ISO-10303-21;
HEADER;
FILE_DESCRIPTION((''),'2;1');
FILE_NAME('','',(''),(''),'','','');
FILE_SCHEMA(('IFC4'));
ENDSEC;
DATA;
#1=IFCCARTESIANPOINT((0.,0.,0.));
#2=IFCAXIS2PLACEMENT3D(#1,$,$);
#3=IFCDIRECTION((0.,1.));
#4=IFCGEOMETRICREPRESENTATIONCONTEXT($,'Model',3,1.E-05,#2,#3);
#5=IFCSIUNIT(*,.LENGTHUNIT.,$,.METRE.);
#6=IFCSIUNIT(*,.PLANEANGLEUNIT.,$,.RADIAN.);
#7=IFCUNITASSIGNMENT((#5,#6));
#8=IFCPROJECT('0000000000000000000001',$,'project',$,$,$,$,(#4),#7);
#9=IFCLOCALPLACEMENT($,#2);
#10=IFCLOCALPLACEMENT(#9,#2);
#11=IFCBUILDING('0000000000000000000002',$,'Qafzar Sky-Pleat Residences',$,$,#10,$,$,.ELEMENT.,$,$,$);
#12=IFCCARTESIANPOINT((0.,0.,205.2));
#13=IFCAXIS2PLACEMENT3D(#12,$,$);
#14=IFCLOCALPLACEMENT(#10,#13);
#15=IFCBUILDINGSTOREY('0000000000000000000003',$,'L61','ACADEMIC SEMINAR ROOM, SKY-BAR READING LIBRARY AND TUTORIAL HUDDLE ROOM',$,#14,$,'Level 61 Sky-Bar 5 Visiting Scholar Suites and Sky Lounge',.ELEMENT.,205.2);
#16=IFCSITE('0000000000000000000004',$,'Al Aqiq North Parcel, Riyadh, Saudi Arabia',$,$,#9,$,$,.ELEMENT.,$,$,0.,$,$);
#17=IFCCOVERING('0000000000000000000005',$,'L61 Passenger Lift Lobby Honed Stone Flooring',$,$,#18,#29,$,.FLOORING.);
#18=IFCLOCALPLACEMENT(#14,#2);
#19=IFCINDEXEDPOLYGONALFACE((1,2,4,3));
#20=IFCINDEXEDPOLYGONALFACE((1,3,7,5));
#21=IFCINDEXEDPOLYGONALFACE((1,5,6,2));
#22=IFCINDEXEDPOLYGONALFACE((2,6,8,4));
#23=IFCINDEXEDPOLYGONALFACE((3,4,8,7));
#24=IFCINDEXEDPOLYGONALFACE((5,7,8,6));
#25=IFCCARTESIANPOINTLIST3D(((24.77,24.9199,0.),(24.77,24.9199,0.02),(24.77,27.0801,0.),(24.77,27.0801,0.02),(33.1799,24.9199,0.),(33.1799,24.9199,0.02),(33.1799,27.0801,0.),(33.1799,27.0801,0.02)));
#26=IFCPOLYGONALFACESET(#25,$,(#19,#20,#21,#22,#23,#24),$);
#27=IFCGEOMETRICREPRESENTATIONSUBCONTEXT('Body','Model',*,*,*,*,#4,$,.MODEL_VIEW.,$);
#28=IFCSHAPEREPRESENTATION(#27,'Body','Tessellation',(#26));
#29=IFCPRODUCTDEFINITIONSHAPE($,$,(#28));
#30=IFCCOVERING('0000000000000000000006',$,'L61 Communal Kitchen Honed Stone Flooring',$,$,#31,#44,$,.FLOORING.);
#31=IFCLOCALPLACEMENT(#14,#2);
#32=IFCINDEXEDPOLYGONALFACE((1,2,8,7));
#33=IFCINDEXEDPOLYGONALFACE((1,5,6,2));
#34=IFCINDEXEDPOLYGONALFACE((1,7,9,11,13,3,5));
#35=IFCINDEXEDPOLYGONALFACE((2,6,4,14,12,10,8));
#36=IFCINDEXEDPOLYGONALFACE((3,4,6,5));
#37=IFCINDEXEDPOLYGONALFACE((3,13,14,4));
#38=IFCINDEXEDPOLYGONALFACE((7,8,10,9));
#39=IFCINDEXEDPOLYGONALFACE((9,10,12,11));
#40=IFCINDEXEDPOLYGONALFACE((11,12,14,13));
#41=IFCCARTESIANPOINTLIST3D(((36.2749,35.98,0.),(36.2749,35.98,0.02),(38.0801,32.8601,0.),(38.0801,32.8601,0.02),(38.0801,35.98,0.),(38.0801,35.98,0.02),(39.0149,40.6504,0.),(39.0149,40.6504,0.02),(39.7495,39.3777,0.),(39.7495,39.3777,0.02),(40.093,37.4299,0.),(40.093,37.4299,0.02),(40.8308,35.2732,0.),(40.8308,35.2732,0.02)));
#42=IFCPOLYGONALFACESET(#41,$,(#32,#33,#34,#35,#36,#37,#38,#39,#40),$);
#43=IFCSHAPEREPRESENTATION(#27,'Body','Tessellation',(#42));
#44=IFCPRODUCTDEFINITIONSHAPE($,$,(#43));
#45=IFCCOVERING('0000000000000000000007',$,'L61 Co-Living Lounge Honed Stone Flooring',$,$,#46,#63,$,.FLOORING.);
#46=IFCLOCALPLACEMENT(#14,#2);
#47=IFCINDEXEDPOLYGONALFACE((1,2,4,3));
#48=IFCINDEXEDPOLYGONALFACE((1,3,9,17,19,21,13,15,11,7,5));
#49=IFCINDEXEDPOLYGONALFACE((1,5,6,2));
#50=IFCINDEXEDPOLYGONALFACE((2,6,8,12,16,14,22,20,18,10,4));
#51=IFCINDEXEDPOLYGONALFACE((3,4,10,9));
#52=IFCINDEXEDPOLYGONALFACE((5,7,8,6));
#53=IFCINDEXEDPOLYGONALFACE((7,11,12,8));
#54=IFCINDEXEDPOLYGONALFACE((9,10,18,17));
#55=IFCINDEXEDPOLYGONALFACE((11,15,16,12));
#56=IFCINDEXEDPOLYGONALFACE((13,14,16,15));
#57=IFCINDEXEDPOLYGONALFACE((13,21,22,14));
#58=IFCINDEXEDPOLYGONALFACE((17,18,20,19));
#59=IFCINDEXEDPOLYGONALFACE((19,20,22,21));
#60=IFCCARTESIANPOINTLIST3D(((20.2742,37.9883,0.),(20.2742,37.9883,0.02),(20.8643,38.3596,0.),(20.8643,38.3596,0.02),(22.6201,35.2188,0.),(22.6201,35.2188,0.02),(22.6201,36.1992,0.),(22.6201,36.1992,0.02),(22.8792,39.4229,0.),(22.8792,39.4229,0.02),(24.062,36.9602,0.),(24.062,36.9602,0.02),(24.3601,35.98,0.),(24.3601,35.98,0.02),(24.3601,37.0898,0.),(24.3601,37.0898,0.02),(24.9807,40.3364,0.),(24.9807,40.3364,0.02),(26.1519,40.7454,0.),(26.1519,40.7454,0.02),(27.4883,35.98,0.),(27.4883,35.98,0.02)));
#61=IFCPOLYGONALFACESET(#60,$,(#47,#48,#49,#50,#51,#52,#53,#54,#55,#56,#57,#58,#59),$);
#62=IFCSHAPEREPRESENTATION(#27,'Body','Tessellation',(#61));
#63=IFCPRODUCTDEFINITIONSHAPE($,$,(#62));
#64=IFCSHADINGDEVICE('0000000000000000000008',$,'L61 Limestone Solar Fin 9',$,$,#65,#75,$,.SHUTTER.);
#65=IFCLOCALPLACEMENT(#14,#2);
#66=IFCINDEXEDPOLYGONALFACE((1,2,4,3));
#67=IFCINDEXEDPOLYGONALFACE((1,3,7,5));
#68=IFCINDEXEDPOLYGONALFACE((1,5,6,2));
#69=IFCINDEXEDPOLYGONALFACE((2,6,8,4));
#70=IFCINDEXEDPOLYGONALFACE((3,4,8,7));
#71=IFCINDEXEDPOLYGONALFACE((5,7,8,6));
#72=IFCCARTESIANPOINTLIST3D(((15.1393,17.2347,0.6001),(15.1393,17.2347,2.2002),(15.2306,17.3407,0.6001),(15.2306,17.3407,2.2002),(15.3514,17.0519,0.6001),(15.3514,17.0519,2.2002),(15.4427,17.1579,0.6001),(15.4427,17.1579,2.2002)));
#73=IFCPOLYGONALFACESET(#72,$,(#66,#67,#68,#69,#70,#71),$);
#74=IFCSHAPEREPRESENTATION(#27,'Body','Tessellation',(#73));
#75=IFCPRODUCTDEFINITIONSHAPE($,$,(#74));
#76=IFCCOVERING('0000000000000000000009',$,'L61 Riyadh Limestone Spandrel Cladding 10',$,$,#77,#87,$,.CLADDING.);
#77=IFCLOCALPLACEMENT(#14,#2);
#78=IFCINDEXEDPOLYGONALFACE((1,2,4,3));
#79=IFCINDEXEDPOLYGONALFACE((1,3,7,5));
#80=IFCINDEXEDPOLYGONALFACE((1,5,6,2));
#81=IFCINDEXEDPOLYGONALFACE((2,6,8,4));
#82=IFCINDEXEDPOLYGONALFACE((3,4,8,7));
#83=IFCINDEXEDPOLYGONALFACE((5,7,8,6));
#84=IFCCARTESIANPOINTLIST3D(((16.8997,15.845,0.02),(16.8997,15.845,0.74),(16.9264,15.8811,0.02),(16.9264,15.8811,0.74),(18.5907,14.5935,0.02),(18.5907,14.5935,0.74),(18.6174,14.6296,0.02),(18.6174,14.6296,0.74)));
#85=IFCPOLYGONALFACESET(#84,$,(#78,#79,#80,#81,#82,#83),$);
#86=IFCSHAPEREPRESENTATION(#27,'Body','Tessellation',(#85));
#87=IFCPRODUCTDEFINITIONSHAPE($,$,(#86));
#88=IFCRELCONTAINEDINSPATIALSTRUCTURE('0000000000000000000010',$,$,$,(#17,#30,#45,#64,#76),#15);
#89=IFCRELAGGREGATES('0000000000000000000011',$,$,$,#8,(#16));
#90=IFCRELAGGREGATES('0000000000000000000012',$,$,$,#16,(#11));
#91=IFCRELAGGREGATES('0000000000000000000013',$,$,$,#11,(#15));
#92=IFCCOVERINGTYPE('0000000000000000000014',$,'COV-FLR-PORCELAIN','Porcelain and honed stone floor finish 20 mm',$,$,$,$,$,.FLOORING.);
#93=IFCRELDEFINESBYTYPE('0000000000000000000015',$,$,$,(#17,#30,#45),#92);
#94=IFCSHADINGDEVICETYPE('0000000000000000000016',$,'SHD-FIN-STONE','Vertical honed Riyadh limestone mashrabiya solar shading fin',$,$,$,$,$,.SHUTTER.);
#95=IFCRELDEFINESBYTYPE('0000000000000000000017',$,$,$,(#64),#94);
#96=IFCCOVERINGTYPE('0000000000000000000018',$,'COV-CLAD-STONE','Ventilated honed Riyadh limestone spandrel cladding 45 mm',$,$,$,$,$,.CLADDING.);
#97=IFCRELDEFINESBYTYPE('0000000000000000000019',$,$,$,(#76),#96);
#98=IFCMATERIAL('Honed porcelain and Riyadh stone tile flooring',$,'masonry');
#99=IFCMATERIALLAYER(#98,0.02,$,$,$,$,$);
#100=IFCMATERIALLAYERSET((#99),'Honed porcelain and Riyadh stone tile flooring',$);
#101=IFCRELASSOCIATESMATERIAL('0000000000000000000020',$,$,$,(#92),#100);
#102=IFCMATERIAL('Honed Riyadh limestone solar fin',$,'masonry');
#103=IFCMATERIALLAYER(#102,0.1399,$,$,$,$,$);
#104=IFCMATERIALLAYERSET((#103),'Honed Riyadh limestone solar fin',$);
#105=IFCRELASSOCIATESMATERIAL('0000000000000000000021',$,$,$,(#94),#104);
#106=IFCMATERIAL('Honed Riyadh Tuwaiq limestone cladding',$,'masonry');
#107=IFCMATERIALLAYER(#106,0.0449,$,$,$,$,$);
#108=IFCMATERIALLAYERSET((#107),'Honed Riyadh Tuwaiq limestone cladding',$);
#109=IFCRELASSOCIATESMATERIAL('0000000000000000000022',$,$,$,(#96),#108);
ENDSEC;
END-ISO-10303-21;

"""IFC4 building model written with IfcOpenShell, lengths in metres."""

from ifc_helpers import new_model, si_unit, direction, frame, origin, origin_2d, place, context, subcontext, project, spatial, polyline, rectangle, outline, extrude, source, transform, mapped, material, layer, layer_set, type_object, element, save


model = new_model("IFC4")

# Units and contexts
model_context = context("Model", 3, precision=1e-05, world=origin(), true_north=direction((0.0, 1.0)))
body_context = subcontext(model_context, "Body", "Model", "MODEL_VIEW")
ifc_project = project(units=[si_unit("LENGTHUNIT", "METRE"), si_unit("PLANEANGLEUNIT", "RADIAN")], contexts=[model_context])

# Site, building, storey
site_placement = place(None, origin())
site = spatial("IfcSite", under=ifc_project, at=site_placement, Name="Al Aqiq North Parcel, Riyadh, Saudi Arabia", CompositionType="ELEMENT", RefElevation=0.0)
building_placement = place(site_placement, origin())
building = spatial("IfcBuilding", under=site, at=building_placement, Name="Qafzar Sky-Pleat Residences", CompositionType="ELEMENT")
storey_placement = place(building_placement, frame((0.0, 0.0, 205.2)))
storey = spatial("IfcBuildingStorey", under=building, at=storey_placement, Name="L61", Description="ACADEMIC SEMINAR ROOM, SKY-BAR READING LIBRARY AND TUTORIAL HUDDLE ROOM", LongName="Level 61 Sky-Bar 5 Visiting Scholar Suites and Sky Lounge", CompositionType="ELEMENT", Elevation=205.2)

# Coverings
ifc_material_1 = material(Name="Honed porcelain and Riyadh stone tile flooring", Category="masonry")
ifc_layer_1 = layer(ifc_material_1, 0.02)
ifc_layer_set_1 = layer_set([ifc_layer_1], Name="Honed porcelain and Riyadh stone tile flooring")
covering_type_1 = type_object("IfcCoveringType", Name="COV-FLR-PORCELAIN", Description="Porcelain and honed stone floor finish 20 mm", PredefinedType="FLOORING", material=ifc_layer_set_1)
covering_1_placement = place(storey_placement, origin())
element("IfcCovering", 1, at=covering_1_placement, inside=storey, type_object=covering_type_1, Name="L61 Passenger Lift Lobby Honed Stone Flooring", PredefinedType="FLOORING", context=body_context, shape_type="SweptSolid", body=[
    extrude(outline(polyline([(33.1799, 24.9199), (24.77, 24.9199), (24.77, 27.0801), (33.1799, 27.0801), (33.1799, 24.9199)])), origin(), (0.0, 0.0, 1.0), 0.02),
])
covering_2_placement = place(storey_placement, origin())
element("IfcCovering", 2, at=covering_2_placement, inside=storey, type_object=covering_type_1, Name="L61 Communal Kitchen Honed Stone Flooring", PredefinedType="FLOORING", context=body_context, shape_type="SweptSolid", body=[
    extrude(outline(polyline([(39.7495, 39.3777), (40.093, 37.4299), (40.8308, 35.2732), (38.0801, 32.8601), (38.0801, 35.98), (36.2749, 35.98), (39.0149, 40.6504), (39.7495, 39.3777)])), origin(), (0.0, 0.0, 1.0), 0.02),
])
covering_3_placement = place(storey_placement, origin())
element("IfcCovering", 3, at=covering_3_placement, inside=storey, type_object=covering_type_1, Name="L61 Co-Living Lounge Honed Stone Flooring", PredefinedType="FLOORING", context=body_context, shape_type="SweptSolid", body=[
    extrude(outline(polyline([(20.8643, 38.3596), (22.8792, 39.4229), (24.9807, 40.3364), (26.1519, 40.7454), (27.4883, 35.98), (24.3601, 35.98), (24.3601, 37.0898), (24.062, 36.9602), (22.6201, 36.1992), (22.6201, 35.2188), (20.2742, 37.9883), (20.8643, 38.3596)])), origin(), (0.0, 0.0, 1.0), 0.02),
])

# Shading device
ifc_material_2 = material(Name="Honed Riyadh limestone solar fin", Category="masonry")
ifc_layer_2 = layer(ifc_material_2, 0.1399)
ifc_layer_set_2 = layer_set([ifc_layer_2], Name="Honed Riyadh limestone solar fin")
shading_device_type = type_object("IfcShadingDeviceType", Name="SHD-FIN-STONE", Description="Vertical honed Riyadh limestone mashrabiya solar shading fin", PredefinedType="SHUTTER", material=ifc_layer_set_2)
shared_shape_1 = source(origin(), body_context, "Body", "SweptSolid", [
    extrude(rectangle(XDim=0.1399, YDim=0.28, at=origin_2d()), origin(), (0.0, 0.0, 1.0), 1.6001),
])
shading_device_placement = place(storey_placement, frame((15.291, 17.1963, 0.6001), z_axis=(0.0, 0.0, 1.0), x_axis=(-0.652839, -0.757496, 0.0)))
element("IfcShadingDevice", 4, at=shading_device_placement, inside=storey, type_object=shading_device_type, Name="L61 Limestone Solar Fin 9", PredefinedType="SHUTTER", context=body_context, shape_type="MappedRepresentation", body=[
    mapped(shared_shape_1, transform((0.0, 0.0, 0.0), x_axis=(1.0, 0.0, 0.0), y_axis=(0.0, 1.0, 0.0), z_axis=(0.0, 0.0, 1.0), scale=1.0)),
])

# Covering
ifc_material_3 = material(Name="Honed Riyadh Tuwaiq limestone cladding", Category="masonry")
ifc_layer_3 = layer(ifc_material_3, 0.0449)
ifc_layer_set_3 = layer_set([ifc_layer_3], Name="Honed Riyadh Tuwaiq limestone cladding")
covering_type_2 = type_object("IfcCoveringType", Name="COV-CLAD-STONE", Description="Ventilated honed Riyadh limestone spandrel cladding 45 mm", PredefinedType="CLADDING", material=ifc_layer_set_3)
shared_shape_2 = source(origin(), body_context, "Body", "SweptSolid", [
    extrude(rectangle(XDim=2.1038, YDim=0.0449, at=origin_2d()), origin(), (0.0, 0.0, 1.0), 0.72),
])
covering_4_placement = place(storey_placement, frame((17.7585, 15.2373, 0.02), z_axis=(0.0, 0.0, 1.0), x_axis=(0.803819, -0.594875, 0.0)))
element("IfcCovering", 5, at=covering_4_placement, inside=storey, type_object=covering_type_2, Name="L61 Riyadh Limestone Spandrel Cladding 10", PredefinedType="CLADDING", context=body_context, shape_type="MappedRepresentation", body=[
    mapped(shared_shape_2, transform((0.0, 0.0, 0.0), x_axis=(1.0, 0.0, 0.0), y_axis=(0.0, 1.0, 0.0), z_axis=(0.0, 0.0, 1.0), scale=1.0)),
])

save(model, "model.ifc")
